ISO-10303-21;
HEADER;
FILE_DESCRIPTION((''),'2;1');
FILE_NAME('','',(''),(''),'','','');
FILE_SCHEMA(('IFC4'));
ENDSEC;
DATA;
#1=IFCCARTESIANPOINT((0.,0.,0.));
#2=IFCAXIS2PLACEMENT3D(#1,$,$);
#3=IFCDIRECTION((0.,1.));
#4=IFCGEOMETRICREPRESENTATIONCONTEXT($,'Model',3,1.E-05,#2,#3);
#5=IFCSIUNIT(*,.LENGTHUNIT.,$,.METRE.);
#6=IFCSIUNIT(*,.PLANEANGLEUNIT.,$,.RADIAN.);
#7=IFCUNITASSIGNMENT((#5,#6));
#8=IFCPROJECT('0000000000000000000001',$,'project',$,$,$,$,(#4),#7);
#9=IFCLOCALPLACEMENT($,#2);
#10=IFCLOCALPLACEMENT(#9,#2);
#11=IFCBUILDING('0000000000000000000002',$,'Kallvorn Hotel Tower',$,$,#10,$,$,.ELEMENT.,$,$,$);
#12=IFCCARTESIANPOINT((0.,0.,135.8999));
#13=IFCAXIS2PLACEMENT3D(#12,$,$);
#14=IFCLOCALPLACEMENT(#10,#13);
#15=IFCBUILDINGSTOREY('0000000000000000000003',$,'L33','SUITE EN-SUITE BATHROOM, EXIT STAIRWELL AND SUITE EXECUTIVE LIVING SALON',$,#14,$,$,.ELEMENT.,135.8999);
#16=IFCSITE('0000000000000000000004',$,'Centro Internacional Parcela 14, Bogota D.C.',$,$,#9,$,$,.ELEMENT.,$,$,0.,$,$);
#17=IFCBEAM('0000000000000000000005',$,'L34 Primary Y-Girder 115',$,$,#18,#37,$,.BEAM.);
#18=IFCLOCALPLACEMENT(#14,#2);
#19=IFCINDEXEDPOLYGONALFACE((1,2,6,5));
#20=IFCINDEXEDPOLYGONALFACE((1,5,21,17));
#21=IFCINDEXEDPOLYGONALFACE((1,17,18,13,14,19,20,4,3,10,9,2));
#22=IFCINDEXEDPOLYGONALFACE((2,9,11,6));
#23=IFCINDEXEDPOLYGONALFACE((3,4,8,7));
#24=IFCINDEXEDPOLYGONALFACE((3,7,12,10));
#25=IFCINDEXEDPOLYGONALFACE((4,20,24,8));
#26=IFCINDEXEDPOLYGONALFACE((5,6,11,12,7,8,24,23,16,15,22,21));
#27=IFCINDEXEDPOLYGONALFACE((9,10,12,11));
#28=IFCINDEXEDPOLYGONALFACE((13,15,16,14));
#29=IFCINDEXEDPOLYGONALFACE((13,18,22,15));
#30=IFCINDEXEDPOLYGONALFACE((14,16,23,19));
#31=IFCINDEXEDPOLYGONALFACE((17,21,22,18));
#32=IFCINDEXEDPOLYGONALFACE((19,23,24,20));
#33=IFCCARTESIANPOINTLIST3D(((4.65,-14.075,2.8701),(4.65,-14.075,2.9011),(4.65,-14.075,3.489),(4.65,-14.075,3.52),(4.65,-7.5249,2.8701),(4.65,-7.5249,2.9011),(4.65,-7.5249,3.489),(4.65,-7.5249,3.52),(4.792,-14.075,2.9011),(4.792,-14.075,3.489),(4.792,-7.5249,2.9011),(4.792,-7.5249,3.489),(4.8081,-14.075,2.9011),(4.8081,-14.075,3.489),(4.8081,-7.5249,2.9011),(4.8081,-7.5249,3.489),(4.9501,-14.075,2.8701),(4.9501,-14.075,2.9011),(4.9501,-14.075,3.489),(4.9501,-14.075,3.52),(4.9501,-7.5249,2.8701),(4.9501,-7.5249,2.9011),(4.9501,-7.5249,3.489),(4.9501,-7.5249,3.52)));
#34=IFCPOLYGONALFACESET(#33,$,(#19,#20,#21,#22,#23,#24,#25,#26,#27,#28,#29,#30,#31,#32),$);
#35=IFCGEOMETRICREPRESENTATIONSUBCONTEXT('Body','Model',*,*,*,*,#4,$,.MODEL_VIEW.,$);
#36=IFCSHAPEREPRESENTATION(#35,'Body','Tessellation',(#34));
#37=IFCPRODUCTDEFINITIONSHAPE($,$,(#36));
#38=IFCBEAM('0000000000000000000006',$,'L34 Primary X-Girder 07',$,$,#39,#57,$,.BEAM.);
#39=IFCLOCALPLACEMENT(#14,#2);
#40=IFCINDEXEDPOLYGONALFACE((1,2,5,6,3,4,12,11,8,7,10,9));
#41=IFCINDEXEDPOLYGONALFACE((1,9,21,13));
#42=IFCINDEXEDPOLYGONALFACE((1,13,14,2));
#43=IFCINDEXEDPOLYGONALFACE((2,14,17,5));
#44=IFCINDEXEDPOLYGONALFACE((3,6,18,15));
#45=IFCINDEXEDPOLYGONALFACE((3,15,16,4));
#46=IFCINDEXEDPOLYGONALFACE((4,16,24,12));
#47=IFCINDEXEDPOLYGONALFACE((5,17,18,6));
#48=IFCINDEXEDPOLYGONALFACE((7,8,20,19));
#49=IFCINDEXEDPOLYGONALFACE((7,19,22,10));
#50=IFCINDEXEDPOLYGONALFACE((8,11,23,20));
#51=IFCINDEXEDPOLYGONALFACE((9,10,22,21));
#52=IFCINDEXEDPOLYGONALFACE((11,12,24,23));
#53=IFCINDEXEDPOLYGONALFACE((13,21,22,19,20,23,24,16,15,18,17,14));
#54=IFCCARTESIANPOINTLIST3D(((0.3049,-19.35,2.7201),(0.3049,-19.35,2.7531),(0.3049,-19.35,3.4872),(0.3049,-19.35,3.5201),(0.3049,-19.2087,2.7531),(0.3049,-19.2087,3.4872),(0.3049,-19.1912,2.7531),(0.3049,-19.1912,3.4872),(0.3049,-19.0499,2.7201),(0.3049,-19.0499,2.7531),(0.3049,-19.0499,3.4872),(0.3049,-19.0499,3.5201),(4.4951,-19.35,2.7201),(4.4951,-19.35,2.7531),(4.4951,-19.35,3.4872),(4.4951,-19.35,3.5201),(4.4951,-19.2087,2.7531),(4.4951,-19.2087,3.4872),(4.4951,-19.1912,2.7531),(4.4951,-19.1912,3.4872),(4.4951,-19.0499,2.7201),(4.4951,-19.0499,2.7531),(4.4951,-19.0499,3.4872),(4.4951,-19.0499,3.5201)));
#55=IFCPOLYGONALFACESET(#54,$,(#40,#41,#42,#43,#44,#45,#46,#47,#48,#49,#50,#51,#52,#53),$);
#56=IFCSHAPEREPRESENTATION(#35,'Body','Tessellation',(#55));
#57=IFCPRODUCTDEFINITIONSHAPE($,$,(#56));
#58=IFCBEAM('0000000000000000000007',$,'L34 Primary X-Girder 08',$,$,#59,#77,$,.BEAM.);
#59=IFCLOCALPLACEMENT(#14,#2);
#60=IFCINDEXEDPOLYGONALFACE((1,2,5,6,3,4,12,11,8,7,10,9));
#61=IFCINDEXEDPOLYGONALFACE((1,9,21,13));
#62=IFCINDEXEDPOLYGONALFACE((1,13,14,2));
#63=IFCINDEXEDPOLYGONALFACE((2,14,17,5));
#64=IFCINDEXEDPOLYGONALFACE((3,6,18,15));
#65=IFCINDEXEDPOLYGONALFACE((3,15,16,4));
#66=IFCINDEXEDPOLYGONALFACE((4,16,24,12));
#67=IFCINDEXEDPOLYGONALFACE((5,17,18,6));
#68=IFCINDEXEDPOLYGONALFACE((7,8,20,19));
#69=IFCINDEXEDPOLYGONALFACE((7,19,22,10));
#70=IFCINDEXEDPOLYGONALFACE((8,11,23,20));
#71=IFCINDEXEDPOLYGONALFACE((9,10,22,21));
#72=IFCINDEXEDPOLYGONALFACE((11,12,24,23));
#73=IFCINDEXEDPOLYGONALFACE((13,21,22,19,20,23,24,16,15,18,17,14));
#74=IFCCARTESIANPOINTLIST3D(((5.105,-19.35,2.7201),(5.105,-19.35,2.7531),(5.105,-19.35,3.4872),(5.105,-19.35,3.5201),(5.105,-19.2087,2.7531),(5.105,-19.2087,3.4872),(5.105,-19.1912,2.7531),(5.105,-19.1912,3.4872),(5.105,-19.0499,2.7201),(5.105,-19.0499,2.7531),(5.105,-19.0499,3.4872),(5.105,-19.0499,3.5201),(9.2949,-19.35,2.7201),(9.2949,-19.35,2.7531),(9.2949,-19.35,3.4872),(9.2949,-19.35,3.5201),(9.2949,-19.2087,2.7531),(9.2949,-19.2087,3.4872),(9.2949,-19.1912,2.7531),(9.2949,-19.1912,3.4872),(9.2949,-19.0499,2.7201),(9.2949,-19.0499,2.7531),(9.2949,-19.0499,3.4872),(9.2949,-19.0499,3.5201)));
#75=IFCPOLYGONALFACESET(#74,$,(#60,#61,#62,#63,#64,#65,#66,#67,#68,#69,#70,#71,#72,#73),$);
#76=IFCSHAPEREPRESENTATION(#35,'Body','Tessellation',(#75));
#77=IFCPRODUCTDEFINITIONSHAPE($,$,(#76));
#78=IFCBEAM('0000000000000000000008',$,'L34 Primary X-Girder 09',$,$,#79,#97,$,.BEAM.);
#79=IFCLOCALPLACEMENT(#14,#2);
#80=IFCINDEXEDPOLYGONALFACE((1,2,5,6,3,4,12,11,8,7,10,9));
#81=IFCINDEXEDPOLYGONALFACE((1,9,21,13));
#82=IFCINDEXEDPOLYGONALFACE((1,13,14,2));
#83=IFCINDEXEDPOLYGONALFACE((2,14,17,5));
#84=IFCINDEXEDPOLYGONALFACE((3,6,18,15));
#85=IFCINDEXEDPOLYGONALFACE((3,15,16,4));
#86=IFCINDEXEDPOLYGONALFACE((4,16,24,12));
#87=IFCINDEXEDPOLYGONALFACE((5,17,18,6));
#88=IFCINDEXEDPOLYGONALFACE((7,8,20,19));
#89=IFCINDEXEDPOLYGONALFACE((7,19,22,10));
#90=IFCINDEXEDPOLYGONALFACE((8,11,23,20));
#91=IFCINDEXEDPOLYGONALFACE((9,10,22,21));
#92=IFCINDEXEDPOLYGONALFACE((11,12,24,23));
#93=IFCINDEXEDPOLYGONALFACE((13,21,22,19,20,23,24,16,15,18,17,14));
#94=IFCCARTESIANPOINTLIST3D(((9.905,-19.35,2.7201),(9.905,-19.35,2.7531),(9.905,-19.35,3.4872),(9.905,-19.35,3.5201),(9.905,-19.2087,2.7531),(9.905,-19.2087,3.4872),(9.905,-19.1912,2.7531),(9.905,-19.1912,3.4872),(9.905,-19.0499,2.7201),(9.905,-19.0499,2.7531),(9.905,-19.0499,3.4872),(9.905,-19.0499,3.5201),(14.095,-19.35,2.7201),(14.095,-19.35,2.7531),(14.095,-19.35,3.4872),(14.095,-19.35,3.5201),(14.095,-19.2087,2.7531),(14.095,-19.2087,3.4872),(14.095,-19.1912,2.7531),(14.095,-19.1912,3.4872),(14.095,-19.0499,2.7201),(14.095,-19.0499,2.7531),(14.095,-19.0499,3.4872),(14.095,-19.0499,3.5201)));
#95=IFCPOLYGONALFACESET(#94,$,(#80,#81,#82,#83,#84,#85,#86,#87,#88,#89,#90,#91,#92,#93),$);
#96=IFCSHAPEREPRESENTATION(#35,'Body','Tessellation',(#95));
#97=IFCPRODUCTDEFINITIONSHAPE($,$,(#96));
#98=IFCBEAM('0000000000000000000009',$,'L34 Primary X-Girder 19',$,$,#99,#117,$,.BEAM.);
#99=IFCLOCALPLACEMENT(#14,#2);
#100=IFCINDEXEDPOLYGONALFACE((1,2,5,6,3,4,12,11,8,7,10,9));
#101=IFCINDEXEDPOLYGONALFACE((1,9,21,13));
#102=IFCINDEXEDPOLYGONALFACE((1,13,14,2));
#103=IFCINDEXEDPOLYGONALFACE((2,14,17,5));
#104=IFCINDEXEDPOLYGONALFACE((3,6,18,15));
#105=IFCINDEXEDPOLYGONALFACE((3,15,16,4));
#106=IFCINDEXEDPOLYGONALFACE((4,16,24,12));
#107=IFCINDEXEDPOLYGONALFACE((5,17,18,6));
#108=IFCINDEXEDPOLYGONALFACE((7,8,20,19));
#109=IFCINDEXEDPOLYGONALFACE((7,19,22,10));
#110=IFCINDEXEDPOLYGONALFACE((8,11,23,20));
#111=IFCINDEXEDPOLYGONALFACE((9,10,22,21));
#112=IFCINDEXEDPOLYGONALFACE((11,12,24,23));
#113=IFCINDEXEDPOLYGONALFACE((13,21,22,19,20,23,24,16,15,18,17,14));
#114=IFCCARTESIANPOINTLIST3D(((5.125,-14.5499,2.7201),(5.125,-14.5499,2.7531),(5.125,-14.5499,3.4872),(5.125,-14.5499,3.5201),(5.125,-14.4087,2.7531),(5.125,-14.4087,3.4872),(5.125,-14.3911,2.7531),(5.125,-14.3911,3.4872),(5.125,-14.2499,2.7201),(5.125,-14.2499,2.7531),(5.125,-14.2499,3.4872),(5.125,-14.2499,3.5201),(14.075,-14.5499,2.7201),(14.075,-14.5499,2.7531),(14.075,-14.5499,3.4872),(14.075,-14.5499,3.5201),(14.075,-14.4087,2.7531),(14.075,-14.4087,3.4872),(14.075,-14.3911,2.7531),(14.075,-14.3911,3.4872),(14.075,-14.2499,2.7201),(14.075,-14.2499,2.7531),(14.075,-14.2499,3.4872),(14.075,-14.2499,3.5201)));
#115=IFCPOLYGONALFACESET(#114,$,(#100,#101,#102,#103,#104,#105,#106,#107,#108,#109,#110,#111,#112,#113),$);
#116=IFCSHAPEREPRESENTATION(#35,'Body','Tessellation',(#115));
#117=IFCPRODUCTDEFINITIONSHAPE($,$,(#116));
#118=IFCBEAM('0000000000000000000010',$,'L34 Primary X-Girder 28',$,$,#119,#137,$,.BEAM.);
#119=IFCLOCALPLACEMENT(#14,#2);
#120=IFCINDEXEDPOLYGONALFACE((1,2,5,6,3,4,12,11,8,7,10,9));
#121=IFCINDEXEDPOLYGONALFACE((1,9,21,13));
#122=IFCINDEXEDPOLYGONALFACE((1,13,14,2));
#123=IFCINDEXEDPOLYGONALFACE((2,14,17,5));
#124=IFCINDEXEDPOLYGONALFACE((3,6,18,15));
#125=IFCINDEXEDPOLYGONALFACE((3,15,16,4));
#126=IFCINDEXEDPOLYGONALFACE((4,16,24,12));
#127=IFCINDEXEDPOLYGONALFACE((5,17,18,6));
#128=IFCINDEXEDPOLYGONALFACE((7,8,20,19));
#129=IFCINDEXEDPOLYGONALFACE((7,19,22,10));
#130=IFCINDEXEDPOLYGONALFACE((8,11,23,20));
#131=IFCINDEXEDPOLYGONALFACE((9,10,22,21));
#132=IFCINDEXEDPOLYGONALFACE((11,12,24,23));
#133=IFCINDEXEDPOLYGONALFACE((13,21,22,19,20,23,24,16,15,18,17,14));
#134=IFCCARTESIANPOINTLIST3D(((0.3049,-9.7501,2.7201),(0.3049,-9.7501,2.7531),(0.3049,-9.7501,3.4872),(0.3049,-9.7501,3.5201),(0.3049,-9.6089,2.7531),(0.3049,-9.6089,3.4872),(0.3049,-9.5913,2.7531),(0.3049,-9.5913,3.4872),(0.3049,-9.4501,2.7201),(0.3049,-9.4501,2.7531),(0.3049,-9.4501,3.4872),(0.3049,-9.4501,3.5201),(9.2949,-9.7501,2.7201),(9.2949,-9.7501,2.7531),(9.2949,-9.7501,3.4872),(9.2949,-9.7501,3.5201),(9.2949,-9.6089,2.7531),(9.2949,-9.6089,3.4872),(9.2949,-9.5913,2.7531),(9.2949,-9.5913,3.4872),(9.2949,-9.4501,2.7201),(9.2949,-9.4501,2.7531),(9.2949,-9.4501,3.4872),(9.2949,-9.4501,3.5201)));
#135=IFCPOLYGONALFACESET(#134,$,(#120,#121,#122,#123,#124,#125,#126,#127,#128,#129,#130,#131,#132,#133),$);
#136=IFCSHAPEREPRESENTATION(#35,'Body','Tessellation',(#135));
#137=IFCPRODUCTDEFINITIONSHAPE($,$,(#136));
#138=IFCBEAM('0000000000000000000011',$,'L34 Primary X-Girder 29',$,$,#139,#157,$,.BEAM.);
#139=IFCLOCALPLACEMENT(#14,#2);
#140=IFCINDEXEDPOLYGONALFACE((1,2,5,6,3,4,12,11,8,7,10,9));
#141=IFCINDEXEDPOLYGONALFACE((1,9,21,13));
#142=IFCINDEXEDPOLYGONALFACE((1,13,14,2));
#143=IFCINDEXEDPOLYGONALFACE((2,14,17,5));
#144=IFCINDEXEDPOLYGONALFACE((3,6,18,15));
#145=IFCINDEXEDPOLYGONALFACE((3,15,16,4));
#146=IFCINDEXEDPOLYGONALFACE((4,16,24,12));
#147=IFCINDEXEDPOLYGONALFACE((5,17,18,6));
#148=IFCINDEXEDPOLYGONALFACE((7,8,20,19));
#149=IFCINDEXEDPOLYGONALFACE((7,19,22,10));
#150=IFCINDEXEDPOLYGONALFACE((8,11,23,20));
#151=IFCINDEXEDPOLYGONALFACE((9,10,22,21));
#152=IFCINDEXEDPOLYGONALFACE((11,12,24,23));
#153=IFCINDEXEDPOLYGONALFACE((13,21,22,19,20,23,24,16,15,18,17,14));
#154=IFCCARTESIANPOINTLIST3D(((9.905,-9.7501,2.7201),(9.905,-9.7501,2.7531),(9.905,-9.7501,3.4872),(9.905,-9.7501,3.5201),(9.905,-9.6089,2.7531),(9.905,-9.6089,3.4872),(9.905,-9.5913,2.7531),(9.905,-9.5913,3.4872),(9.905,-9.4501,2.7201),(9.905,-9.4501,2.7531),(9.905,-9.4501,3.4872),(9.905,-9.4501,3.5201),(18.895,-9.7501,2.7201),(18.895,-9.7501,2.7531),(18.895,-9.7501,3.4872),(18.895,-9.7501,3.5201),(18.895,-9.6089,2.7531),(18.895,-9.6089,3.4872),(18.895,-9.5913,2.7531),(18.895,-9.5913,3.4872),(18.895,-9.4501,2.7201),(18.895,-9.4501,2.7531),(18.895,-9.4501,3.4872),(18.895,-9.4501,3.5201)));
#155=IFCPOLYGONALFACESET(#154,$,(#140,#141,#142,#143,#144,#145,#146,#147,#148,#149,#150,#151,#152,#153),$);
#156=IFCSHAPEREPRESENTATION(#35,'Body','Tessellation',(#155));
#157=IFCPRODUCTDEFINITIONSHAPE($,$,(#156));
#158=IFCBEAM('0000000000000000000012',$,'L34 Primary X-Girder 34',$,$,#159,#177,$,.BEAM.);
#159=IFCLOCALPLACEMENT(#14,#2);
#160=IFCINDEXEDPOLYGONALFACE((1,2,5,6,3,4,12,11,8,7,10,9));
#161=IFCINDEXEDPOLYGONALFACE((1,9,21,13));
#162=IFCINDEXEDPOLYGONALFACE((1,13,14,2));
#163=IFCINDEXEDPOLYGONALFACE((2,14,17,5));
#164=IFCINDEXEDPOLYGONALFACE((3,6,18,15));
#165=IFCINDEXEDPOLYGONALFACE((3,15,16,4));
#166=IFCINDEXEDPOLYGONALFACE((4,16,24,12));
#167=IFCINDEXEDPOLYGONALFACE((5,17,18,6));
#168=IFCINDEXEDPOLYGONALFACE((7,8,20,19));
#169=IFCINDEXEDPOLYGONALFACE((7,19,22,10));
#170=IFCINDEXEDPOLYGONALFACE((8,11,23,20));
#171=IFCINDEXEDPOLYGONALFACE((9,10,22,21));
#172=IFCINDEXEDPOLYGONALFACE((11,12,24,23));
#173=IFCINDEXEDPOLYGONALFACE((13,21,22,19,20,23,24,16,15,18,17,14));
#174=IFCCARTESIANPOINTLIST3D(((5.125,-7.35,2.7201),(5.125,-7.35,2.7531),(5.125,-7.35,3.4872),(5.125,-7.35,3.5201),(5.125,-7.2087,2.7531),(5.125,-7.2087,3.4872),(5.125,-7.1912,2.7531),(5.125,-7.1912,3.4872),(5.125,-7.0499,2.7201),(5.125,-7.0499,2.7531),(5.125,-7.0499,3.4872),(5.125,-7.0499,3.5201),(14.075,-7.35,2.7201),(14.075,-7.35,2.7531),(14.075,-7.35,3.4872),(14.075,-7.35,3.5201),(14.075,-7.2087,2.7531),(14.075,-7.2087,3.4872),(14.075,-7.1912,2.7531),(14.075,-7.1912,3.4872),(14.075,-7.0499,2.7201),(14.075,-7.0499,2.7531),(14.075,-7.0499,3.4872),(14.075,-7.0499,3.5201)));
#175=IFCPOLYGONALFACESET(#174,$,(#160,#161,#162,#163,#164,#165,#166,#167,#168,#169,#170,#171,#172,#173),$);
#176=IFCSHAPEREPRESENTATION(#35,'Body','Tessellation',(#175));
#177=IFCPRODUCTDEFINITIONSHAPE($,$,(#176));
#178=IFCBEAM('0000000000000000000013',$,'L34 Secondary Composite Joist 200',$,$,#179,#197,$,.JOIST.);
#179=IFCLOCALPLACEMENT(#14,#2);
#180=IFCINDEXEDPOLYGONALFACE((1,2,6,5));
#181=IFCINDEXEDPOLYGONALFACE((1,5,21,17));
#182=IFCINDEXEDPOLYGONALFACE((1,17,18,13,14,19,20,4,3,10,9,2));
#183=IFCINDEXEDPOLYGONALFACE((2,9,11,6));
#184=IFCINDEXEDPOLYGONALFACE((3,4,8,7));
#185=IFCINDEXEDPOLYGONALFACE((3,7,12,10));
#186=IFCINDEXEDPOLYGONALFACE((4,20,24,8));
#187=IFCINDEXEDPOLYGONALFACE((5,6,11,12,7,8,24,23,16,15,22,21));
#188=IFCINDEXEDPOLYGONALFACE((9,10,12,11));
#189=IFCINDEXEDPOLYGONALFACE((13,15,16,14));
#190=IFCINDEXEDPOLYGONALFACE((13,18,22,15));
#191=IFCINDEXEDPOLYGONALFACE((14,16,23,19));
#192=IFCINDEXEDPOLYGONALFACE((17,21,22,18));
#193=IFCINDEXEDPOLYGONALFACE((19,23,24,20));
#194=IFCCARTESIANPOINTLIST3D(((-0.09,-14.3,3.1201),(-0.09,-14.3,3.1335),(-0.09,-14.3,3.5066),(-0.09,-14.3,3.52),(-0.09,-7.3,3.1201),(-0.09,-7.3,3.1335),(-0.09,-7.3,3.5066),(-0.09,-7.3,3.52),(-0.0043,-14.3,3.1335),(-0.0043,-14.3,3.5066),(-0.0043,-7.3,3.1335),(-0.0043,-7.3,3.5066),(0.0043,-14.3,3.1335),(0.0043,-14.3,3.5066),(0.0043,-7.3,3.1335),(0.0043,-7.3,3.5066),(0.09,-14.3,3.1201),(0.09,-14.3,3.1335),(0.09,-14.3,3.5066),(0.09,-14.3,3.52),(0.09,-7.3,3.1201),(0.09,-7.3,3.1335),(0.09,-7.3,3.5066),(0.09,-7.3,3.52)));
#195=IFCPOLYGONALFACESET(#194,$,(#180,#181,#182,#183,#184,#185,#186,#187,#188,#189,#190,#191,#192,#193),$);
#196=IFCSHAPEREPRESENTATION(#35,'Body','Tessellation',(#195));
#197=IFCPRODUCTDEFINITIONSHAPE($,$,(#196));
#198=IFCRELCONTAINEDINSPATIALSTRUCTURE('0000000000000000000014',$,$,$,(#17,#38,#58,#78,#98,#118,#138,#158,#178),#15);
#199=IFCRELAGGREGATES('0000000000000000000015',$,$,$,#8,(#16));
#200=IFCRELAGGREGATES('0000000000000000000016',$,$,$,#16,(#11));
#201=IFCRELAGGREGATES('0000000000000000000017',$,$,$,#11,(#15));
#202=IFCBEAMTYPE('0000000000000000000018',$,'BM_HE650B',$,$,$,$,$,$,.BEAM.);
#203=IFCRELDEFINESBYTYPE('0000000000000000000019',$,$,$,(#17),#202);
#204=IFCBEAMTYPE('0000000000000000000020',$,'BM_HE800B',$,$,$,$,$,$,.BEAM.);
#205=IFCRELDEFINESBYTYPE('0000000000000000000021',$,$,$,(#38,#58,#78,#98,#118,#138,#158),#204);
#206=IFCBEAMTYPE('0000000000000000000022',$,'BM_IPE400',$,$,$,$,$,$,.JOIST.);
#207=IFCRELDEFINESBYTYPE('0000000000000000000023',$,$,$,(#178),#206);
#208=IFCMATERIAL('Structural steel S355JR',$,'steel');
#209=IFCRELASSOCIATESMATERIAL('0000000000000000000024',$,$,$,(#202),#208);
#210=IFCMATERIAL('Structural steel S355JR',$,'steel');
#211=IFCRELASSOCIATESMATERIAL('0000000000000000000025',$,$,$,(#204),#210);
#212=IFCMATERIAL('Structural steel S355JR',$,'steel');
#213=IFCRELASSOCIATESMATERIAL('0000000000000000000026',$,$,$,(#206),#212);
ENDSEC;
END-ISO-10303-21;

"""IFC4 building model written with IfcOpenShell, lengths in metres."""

from ifc_helpers import new_model, si_unit, direction, frame, origin, origin_2d, place, context, subcontext, project, spatial, i_section, extrude, material, material_profile, profile_set, type_object, element, save


model = new_model("IFC4")

# Units and contexts
model_context = context("Model", 3, precision=1e-05, world=origin(), true_north=direction((0.0, 1.0)))
body_context = subcontext(model_context, "Body", "Model", "MODEL_VIEW")
ifc_project = project(units=[si_unit("LENGTHUNIT", "METRE"), si_unit("PLANEANGLEUNIT", "RADIAN")], contexts=[model_context])

# Site, building, storey
site_placement = place(None, origin())
site = spatial("IfcSite", under=ifc_project, at=site_placement, Name="Centro Internacional Parcela 14, Bogota D.C.", CompositionType="ELEMENT", RefElevation=0.0)
building_placement = place(site_placement, origin())
building = spatial("IfcBuilding", under=site, at=building_placement, Name="Kallvorn Hotel Tower", CompositionType="ELEMENT")
storey_placement = place(building_placement, frame((0.0, 0.0, 135.8999)))
storey = spatial("IfcBuildingStorey", under=building, at=storey_placement, Name="L33", Description="SUITE EN-SUITE BATHROOM, EXIT STAIRWELL AND SUITE EXECUTIVE LIVING SALON", CompositionType="ELEMENT", Elevation=135.8999)

# Beams
ifc_material_1 = material(Name="Structural steel S355JR", Category="steel")
ifc_material_profile_1 = material_profile(ifc_material_1, i_section(OverallWidth=0.3, OverallDepth=0.6499, WebThickness=0.0161, FlangeThickness=0.031, at=origin_2d()), Name="HE 650 B")
ifc_profile_set_1 = profile_set([ifc_material_profile_1], Name="Structural steel S355JR")
beam_type_1 = type_object("IfcBeamType", Name="BM_HE650B", PredefinedType="BEAM", material=ifc_profile_set_1)
beam_1_placement = place(storey_placement, frame((4.8, -14.075, 3.1951), z_axis=(0.0, 1.0, 0.0), x_axis=(-1.0, 0.0, 0.0)))
element("IfcBeam", 1, at=beam_1_placement, inside=storey, type_object=beam_type_1, Name="L34 Primary Y-Girder 115", PredefinedType="BEAM", context=body_context, shape_type="SweptSolid", body=[
    extrude(i_section(OverallWidth=0.3, OverallDepth=0.6499, WebThickness=0.0161, FlangeThickness=0.031, at=origin_2d()), origin(), (0.0, 0.0, 1.0), 6.55),
])
ifc_material_2 = material(Name="Structural steel S355JR", Category="steel")
ifc_material_profile_2 = material_profile(ifc_material_2, i_section(OverallWidth=0.3, OverallDepth=0.8, WebThickness=0.0176, FlangeThickness=0.033, at=origin_2d()), Name="HE 800 B")
ifc_profile_set_2 = profile_set([ifc_material_profile_2], Name="Structural steel S355JR")
beam_type_2 = type_object("IfcBeamType", Name="BM_HE800B", PredefinedType="BEAM", material=ifc_profile_set_2)
beam_2_placement = place(storey_placement, frame((0.3049, -19.2, 3.1201), z_axis=(1.0, 0.0, 0.0), x_axis=(0.0, 1.0, 0.0)))
element("IfcBeam", 2, at=beam_2_placement, inside=storey, type_object=beam_type_2, Name="L34 Primary X-Girder 07", PredefinedType="BEAM", context=body_context, shape_type="SweptSolid", body=[
    extrude(i_section(OverallWidth=0.3, OverallDepth=0.8, WebThickness=0.0176, FlangeThickness=0.033, at=origin_2d()), origin(), (0.0, 0.0, 1.0), 4.1902),
])
for number, where, z_axis, x_axis, name in (
    (3, (5.105, -19.2, 3.1201), (1.0, 0.0, 0.0), (0.0, 1.0, 0.0), "L34 Primary X-Girder 08"),
    (4, (9.905, -19.2, 3.1201), (1.0, 0.0, 0.0), (0.0, 1.0, 0.0), "L34 Primary X-Girder 09"),
):
    element("IfcBeam", number, at=place(storey_placement, frame(where, z_axis=z_axis, x_axis=x_axis)), inside=storey, type_object=beam_type_2, Name=name, PredefinedType="BEAM", context=body_context, shape_type="SweptSolid", body=[
        extrude(i_section(OverallWidth=0.3, OverallDepth=0.8, WebThickness=0.0176, FlangeThickness=0.033, at=origin_2d()), origin(), (0.0, 0.0, 1.0), 4.1899),
    ])
beam_3_placement = place(storey_placement, frame((5.125, -14.3999, 3.1201), z_axis=(1.0, 0.0, 0.0), x_axis=(0.0, 1.0, 0.0)))
element("IfcBeam", 5, at=beam_3_placement, inside=storey, type_object=beam_type_2, Name="L34 Primary X-Girder 19", PredefinedType="BEAM", context=body_context, shape_type="SweptSolid", body=[
    extrude(i_section(OverallWidth=0.3, OverallDepth=0.8, WebThickness=0.0176, FlangeThickness=0.033, at=origin_2d()), origin(), (0.0, 0.0, 1.0), 8.95),
])
for number, where, z_axis, x_axis, name in (
    (6, (0.3049, -9.6001, 3.1201), (1.0, 0.0, 0.0), (0.0, 1.0, 0.0), "L34 Primary X-Girder 28"),
    (7, (9.905, -9.6001, 3.1201), (1.0, 0.0, 0.0), (0.0, 1.0, 0.0), "L34 Primary X-Girder 29"),
):
    element("IfcBeam", number, at=place(storey_placement, frame(where, z_axis=z_axis, x_axis=x_axis)), inside=storey, type_object=beam_type_2, Name=name, PredefinedType="BEAM", context=body_context, shape_type="SweptSolid", body=[
        extrude(i_section(OverallWidth=0.3, OverallDepth=0.8, WebThickness=0.0176, FlangeThickness=0.033, at=origin_2d()), origin(), (0.0, 0.0, 1.0), 8.99),
    ])
beam_4_placement = place(storey_placement, frame((5.125, -7.2, 3.1201), z_axis=(1.0, 0.0, 0.0), x_axis=(0.0, 1.0, 0.0)))
element("IfcBeam", 8, at=beam_4_placement, inside=storey, type_object=beam_type_2, Name="L34 Primary X-Girder 34", PredefinedType="BEAM", context=body_context, shape_type="SweptSolid", body=[
    extrude(i_section(OverallWidth=0.3, OverallDepth=0.8, WebThickness=0.0176, FlangeThickness=0.033, at=origin_2d()), origin(), (0.0, 0.0, 1.0), 8.95),
])
ifc_material_3 = material(Name="Structural steel S355JR", Category="steel")
ifc_material_profile_3 = material_profile(ifc_material_3, i_section(OverallWidth=0.1799, OverallDepth=0.3999, WebThickness=0.0085, FlangeThickness=0.0134, at=origin_2d()), Name="IPE 400")
ifc_profile_set_3 = profile_set([ifc_material_profile_3], Name="Structural steel S355JR")
beam_type_3 = type_object("IfcBeamType", Name="BM_IPE400", PredefinedType="JOIST", material=ifc_profile_set_3)
for number, where, z_axis, x_axis, name in (
    (9, (0.0, -14.3, 3.3201), (0.0, 1.0, 0.0), (-1.0, 0.0, 0.0), "L34 Secondary Composite Joist 200"),
):
    element("IfcBeam", number, at=place(storey_placement, frame(where, z_axis=z_axis, x_axis=x_axis)), inside=storey, type_object=beam_type_3, Name=name, PredefinedType="JOIST", context=body_context, shape_type="SweptSolid", body=[
        extrude(i_section(OverallWidth=0.1799, OverallDepth=0.3999, WebThickness=0.0085, FlangeThickness=0.0134, at=origin_2d()), origin(), (0.0, 0.0, 1.0), 7.0),
    ])

save(model, "model.ifc")
